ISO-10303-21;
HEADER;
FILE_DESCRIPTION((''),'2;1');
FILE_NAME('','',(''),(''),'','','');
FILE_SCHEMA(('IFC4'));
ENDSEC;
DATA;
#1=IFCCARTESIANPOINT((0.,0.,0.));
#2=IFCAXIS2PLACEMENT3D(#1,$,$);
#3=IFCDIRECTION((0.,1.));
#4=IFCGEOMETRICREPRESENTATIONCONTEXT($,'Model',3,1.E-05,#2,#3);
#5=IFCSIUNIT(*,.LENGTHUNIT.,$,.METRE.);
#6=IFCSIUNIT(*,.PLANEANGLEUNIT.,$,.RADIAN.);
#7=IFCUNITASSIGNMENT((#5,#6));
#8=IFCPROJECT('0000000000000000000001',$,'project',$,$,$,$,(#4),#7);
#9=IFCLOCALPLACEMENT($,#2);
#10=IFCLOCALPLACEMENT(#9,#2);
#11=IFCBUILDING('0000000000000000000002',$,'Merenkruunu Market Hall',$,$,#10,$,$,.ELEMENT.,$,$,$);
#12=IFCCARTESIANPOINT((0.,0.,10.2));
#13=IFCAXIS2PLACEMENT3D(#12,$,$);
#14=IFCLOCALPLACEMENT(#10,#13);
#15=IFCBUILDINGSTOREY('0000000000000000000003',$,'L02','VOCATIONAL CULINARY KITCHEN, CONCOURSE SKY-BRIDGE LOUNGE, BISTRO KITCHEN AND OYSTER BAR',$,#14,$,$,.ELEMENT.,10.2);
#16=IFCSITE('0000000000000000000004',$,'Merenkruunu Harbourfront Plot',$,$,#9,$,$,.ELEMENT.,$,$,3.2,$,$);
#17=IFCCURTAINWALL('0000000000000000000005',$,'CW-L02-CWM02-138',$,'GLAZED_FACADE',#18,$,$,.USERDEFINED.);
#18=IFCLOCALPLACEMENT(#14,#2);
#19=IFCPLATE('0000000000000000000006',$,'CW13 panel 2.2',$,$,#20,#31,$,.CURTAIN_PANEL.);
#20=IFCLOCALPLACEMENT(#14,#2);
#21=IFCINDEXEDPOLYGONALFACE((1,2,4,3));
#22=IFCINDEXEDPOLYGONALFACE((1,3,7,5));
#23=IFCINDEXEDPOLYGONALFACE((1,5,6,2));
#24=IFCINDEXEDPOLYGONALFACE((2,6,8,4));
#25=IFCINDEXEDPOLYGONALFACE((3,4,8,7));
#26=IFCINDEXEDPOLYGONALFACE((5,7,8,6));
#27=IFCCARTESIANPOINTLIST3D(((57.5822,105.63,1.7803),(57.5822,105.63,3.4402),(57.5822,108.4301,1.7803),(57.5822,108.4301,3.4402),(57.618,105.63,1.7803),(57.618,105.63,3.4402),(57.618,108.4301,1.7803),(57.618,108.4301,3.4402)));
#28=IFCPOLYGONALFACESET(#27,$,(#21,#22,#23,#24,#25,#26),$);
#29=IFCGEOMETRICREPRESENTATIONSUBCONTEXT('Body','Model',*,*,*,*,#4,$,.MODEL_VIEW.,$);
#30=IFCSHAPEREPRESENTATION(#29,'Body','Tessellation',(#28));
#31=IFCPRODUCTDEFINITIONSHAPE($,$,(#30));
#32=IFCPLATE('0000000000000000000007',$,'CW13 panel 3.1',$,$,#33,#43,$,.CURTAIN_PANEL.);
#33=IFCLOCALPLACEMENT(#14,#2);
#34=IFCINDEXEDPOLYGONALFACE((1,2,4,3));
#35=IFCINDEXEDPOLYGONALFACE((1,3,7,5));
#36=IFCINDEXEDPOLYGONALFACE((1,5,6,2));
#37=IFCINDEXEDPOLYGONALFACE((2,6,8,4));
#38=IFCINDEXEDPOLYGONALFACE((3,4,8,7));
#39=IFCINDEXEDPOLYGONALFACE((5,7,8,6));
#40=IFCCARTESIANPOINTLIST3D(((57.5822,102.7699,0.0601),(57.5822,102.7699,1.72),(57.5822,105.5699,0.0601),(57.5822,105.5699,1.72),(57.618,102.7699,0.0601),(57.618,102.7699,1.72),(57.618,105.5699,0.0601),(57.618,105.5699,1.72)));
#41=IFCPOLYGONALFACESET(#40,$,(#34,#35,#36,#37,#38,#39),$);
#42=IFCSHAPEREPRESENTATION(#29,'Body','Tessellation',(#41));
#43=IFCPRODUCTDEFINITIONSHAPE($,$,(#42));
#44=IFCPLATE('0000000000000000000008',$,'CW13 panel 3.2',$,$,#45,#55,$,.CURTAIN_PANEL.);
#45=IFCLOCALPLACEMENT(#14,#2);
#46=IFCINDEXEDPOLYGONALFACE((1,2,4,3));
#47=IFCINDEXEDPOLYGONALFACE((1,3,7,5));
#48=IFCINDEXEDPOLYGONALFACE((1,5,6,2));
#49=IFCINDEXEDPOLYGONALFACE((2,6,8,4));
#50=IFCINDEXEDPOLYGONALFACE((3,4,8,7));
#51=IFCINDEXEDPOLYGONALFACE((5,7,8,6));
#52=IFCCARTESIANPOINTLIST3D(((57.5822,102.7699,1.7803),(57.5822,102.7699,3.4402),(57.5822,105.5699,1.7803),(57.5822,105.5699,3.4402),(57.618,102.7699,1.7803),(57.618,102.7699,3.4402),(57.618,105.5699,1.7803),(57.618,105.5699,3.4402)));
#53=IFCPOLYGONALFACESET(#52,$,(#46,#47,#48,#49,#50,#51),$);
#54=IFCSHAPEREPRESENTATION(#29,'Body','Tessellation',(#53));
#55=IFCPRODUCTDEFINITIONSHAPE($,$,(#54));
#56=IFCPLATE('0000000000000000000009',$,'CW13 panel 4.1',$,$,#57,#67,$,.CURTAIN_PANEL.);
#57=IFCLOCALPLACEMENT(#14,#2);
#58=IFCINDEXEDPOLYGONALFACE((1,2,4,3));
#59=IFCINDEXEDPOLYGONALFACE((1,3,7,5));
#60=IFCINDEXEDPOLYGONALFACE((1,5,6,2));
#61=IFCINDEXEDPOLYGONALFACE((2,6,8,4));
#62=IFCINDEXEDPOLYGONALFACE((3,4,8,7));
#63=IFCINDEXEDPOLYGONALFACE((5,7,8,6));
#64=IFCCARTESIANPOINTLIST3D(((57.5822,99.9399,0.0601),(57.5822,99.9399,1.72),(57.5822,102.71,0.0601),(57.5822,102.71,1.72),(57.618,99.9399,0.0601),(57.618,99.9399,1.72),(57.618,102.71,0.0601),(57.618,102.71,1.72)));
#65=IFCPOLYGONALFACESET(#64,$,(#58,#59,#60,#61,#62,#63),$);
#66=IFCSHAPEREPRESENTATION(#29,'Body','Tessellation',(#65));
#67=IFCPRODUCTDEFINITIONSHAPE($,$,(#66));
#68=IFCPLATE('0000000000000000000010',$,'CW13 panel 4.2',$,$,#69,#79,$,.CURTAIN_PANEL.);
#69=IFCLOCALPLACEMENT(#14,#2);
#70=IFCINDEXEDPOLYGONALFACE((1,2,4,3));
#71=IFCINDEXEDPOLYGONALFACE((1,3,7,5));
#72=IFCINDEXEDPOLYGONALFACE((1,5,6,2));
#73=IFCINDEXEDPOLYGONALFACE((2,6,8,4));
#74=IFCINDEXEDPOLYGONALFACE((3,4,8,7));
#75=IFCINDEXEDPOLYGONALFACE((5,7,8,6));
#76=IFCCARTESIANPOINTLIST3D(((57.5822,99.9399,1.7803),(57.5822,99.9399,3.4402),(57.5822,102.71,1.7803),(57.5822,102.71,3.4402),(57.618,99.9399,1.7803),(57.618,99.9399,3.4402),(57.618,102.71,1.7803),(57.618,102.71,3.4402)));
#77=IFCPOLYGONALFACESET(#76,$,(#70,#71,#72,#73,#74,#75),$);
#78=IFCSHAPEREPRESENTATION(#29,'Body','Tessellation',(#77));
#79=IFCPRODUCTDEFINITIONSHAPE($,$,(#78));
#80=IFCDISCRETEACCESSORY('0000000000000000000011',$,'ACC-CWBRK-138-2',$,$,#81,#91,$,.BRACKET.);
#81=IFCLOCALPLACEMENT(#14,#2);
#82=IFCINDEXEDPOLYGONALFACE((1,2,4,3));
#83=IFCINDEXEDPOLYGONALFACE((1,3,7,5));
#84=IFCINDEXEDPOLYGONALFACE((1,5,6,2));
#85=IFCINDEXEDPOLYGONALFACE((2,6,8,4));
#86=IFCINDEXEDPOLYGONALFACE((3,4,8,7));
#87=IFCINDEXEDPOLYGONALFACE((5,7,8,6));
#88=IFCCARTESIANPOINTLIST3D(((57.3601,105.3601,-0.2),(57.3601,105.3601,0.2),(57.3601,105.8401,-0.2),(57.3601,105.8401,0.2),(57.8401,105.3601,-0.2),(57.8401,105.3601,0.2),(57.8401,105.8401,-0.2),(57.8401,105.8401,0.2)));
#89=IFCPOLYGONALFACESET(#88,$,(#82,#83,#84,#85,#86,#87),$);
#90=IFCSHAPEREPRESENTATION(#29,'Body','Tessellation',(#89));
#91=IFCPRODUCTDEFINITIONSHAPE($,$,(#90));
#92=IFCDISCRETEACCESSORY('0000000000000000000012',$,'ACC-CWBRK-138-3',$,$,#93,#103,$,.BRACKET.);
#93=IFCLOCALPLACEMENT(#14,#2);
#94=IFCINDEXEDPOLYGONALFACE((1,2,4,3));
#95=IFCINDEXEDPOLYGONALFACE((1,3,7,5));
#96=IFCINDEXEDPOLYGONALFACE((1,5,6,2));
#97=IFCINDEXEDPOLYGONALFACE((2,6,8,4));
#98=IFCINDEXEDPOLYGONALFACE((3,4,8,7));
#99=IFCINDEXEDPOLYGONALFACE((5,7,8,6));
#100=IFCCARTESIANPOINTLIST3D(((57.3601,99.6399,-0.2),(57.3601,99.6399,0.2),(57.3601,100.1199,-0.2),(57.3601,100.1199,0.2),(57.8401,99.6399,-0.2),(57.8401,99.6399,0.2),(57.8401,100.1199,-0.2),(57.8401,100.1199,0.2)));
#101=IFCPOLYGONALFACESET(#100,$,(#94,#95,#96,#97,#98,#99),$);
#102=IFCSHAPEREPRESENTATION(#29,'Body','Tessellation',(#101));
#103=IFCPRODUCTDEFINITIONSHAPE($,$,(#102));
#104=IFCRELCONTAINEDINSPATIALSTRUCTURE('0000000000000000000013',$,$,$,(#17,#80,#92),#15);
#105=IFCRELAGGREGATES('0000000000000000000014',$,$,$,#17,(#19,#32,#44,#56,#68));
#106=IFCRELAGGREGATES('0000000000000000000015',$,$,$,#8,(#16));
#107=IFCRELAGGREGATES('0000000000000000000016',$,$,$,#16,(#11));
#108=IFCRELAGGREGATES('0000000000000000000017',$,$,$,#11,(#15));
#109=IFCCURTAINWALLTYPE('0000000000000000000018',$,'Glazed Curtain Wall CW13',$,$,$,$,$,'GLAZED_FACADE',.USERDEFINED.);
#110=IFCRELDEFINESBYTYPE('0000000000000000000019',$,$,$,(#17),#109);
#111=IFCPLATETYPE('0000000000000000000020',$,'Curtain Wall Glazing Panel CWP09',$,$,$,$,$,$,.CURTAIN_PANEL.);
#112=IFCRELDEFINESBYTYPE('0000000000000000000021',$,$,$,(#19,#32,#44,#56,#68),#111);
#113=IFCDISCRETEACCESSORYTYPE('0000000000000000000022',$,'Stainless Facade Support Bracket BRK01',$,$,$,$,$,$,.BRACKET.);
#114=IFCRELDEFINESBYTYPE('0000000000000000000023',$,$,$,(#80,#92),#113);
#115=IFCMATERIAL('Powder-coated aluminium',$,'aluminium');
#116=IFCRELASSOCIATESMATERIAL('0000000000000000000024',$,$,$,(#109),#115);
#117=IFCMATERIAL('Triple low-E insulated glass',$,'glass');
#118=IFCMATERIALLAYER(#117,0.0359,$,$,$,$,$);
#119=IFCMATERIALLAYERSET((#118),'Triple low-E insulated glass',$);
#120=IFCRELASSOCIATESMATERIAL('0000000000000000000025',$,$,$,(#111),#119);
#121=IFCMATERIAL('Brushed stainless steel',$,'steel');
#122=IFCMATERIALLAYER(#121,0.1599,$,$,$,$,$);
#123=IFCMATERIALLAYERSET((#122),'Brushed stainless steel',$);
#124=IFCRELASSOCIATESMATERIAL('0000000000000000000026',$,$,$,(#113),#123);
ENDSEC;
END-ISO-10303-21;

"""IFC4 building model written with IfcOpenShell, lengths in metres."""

from ifc_helpers import new_model, si_unit, direction, frame, origin, origin_2d, place, context, subcontext, project, spatial, rectangle, extrude, material, layer, layer_set, type_object, element, aggregate, save


model = new_model("IFC4")

# Units and contexts
model_context = context("Model", 3, precision=1e-05, world=origin(), true_north=direction((0.0, 1.0)))
body_context = subcontext(model_context, "Body", "Model", "MODEL_VIEW")
ifc_project = project(units=[si_unit("LENGTHUNIT", "METRE"), si_unit("PLANEANGLEUNIT", "RADIAN")], contexts=[model_context])

# Site, building, storey
site_placement = place(None, origin())
site = spatial("IfcSite", under=ifc_project, at=site_placement, Name="Merenkruunu Harbourfront Plot", CompositionType="ELEMENT", RefElevation=3.2)
building_placement = place(site_placement, origin())
building = spatial("IfcBuilding", under=site, at=building_placement, Name="Merenkruunu Market Hall", CompositionType="ELEMENT")
storey_placement = place(building_placement, frame((0.0, 0.0, 10.2)))
storey = spatial("IfcBuildingStorey", under=building, at=storey_placement, Name="L02", Description="VOCATIONAL CULINARY KITCHEN, CONCOURSE SKY-BRIDGE LOUNGE, BISTRO KITCHEN AND OYSTER BAR", CompositionType="ELEMENT", Elevation=10.2)

# Curtain wall
ifc_material_1 = material(Name="Powder-coated aluminium", Category="aluminium")
curtain_wall_type = type_object("IfcCurtainWallType", Name="Glazed Curtain Wall CW13", ElementType="GLAZED_FACADE", PredefinedType="USERDEFINED", material=ifc_material_1)
curtain_wall_placement = place(storey_placement, origin())
curtain_wall = element("IfcCurtainWall", 1, at=curtain_wall_placement, inside=storey, type_object=curtain_wall_type, Name="CW-L02-CWM02-138", ObjectType="GLAZED_FACADE", PredefinedType="USERDEFINED")

# Plates
ifc_material_2 = material(Name="Triple low-E insulated glass", Category="glass")
ifc_layer_1 = layer(ifc_material_2, 0.0359)
ifc_layer_set_1 = layer_set([ifc_layer_1], Name="Triple low-E insulated glass")
plate_type = type_object("IfcPlateType", Name="Curtain Wall Glazing Panel CWP09", PredefinedType="CURTAIN_PANEL", material=ifc_layer_set_1)
plate_1_placement = place(storey_placement, frame((57.6001, 107.03, 1.7803), z_axis=(0.0, 0.0, 1.0), x_axis=(0.0, -1.0, 0.0)))
plate_1 = element("IfcPlate", 2, at=plate_1_placement, type_object=plate_type, Name="CW13 panel 2.2", PredefinedType="CURTAIN_PANEL", context=body_context, shape_type="SweptSolid", body=[
    extrude(rectangle(XDim=2.8, YDim=0.0359, at=origin_2d()), origin(), (0.0, 0.0, 1.0), 1.6599),
])
plate_2_placement = place(storey_placement, frame((57.6001, 104.1699, 0.0601), z_axis=(0.0, 0.0, 1.0), x_axis=(0.0, -1.0, 0.0)))
plate_2 = element("IfcPlate", 3, at=plate_2_placement, type_object=plate_type, Name="CW13 panel 3.1", PredefinedType="CURTAIN_PANEL", context=body_context, shape_type="SweptSolid", body=[
    extrude(rectangle(XDim=2.8, YDim=0.0359, at=origin_2d()), origin(), (0.0, 0.0, 1.0), 1.6599),
])
plate_3_placement = place(storey_placement, frame((57.6001, 104.1699, 1.7803), z_axis=(0.0, 0.0, 1.0), x_axis=(0.0, -1.0, 0.0)))
plate_3 = element("IfcPlate", 4, at=plate_3_placement, type_object=plate_type, Name="CW13 panel 3.2", PredefinedType="CURTAIN_PANEL", context=body_context, shape_type="SweptSolid", body=[
    extrude(rectangle(XDim=2.8, YDim=0.0359, at=origin_2d()), origin(), (0.0, 0.0, 1.0), 1.6599),
])
plate_4_placement = place(storey_placement, frame((57.6001, 101.325, 0.0601), z_axis=(0.0, 0.0, 1.0), x_axis=(0.0, -1.0, 0.0)))
plate_4 = element("IfcPlate", 5, at=plate_4_placement, type_object=plate_type, Name="CW13 panel 4.1", PredefinedType="CURTAIN_PANEL", context=body_context, shape_type="SweptSolid", body=[
    extrude(rectangle(XDim=2.77, YDim=0.0359, at=origin_2d()), origin(), (0.0, 0.0, 1.0), 1.6599),
])
plate_5_placement = place(storey_placement, frame((57.6001, 101.325, 1.7803), z_axis=(0.0, 0.0, 1.0), x_axis=(0.0, -1.0, 0.0)))
plate_5 = element("IfcPlate", 6, at=plate_5_placement, type_object=plate_type, Name="CW13 panel 4.2", PredefinedType="CURTAIN_PANEL", context=body_context, shape_type="SweptSolid", body=[
    extrude(rectangle(XDim=2.77, YDim=0.0359, at=origin_2d()), origin(), (0.0, 0.0, 1.0), 1.6599),
])
aggregate(curtain_wall, [plate_1, plate_2, plate_3, plate_4, plate_5])

# Discrete accessories
ifc_material_3 = material(Name="Brushed stainless steel", Category="steel")
ifc_layer_2 = layer(ifc_material_3, 0.1599)
ifc_layer_set_2 = layer_set([ifc_layer_2], Name="Brushed stainless steel")
discrete_accessory_type = type_object("IfcDiscreteAccessoryType", Name="Stainless Facade Support Bracket BRK01", PredefinedType="BRACKET", material=ifc_layer_set_2)
for number, where, z_axis, x_axis, name in (
    (7, (57.6001, 105.6001, -0.2), (0.0, 0.0, 1.0), (1.0, 0.0, 0.0), "ACC-CWBRK-138-2"),
    (8, (57.6001, 99.8799, -0.2), (0.0, 0.0, 1.0), (1.0, 0.0, 0.0), "ACC-CWBRK-138-3"),
):
    element("IfcDiscreteAccessory", number, at=place(storey_placement, frame(where, z_axis=z_axis, x_axis=x_axis)), inside=storey, type_object=discrete_accessory_type, Name=name, PredefinedType="BRACKET", context=body_context, shape_type="SweptSolid", body=[
        extrude(rectangle(XDim=0.48, YDim=0.48, at=origin_2d()), origin(), (0.0, 0.0, 1.0), 0.3999),
    ])

save(model, "model.ifc")
